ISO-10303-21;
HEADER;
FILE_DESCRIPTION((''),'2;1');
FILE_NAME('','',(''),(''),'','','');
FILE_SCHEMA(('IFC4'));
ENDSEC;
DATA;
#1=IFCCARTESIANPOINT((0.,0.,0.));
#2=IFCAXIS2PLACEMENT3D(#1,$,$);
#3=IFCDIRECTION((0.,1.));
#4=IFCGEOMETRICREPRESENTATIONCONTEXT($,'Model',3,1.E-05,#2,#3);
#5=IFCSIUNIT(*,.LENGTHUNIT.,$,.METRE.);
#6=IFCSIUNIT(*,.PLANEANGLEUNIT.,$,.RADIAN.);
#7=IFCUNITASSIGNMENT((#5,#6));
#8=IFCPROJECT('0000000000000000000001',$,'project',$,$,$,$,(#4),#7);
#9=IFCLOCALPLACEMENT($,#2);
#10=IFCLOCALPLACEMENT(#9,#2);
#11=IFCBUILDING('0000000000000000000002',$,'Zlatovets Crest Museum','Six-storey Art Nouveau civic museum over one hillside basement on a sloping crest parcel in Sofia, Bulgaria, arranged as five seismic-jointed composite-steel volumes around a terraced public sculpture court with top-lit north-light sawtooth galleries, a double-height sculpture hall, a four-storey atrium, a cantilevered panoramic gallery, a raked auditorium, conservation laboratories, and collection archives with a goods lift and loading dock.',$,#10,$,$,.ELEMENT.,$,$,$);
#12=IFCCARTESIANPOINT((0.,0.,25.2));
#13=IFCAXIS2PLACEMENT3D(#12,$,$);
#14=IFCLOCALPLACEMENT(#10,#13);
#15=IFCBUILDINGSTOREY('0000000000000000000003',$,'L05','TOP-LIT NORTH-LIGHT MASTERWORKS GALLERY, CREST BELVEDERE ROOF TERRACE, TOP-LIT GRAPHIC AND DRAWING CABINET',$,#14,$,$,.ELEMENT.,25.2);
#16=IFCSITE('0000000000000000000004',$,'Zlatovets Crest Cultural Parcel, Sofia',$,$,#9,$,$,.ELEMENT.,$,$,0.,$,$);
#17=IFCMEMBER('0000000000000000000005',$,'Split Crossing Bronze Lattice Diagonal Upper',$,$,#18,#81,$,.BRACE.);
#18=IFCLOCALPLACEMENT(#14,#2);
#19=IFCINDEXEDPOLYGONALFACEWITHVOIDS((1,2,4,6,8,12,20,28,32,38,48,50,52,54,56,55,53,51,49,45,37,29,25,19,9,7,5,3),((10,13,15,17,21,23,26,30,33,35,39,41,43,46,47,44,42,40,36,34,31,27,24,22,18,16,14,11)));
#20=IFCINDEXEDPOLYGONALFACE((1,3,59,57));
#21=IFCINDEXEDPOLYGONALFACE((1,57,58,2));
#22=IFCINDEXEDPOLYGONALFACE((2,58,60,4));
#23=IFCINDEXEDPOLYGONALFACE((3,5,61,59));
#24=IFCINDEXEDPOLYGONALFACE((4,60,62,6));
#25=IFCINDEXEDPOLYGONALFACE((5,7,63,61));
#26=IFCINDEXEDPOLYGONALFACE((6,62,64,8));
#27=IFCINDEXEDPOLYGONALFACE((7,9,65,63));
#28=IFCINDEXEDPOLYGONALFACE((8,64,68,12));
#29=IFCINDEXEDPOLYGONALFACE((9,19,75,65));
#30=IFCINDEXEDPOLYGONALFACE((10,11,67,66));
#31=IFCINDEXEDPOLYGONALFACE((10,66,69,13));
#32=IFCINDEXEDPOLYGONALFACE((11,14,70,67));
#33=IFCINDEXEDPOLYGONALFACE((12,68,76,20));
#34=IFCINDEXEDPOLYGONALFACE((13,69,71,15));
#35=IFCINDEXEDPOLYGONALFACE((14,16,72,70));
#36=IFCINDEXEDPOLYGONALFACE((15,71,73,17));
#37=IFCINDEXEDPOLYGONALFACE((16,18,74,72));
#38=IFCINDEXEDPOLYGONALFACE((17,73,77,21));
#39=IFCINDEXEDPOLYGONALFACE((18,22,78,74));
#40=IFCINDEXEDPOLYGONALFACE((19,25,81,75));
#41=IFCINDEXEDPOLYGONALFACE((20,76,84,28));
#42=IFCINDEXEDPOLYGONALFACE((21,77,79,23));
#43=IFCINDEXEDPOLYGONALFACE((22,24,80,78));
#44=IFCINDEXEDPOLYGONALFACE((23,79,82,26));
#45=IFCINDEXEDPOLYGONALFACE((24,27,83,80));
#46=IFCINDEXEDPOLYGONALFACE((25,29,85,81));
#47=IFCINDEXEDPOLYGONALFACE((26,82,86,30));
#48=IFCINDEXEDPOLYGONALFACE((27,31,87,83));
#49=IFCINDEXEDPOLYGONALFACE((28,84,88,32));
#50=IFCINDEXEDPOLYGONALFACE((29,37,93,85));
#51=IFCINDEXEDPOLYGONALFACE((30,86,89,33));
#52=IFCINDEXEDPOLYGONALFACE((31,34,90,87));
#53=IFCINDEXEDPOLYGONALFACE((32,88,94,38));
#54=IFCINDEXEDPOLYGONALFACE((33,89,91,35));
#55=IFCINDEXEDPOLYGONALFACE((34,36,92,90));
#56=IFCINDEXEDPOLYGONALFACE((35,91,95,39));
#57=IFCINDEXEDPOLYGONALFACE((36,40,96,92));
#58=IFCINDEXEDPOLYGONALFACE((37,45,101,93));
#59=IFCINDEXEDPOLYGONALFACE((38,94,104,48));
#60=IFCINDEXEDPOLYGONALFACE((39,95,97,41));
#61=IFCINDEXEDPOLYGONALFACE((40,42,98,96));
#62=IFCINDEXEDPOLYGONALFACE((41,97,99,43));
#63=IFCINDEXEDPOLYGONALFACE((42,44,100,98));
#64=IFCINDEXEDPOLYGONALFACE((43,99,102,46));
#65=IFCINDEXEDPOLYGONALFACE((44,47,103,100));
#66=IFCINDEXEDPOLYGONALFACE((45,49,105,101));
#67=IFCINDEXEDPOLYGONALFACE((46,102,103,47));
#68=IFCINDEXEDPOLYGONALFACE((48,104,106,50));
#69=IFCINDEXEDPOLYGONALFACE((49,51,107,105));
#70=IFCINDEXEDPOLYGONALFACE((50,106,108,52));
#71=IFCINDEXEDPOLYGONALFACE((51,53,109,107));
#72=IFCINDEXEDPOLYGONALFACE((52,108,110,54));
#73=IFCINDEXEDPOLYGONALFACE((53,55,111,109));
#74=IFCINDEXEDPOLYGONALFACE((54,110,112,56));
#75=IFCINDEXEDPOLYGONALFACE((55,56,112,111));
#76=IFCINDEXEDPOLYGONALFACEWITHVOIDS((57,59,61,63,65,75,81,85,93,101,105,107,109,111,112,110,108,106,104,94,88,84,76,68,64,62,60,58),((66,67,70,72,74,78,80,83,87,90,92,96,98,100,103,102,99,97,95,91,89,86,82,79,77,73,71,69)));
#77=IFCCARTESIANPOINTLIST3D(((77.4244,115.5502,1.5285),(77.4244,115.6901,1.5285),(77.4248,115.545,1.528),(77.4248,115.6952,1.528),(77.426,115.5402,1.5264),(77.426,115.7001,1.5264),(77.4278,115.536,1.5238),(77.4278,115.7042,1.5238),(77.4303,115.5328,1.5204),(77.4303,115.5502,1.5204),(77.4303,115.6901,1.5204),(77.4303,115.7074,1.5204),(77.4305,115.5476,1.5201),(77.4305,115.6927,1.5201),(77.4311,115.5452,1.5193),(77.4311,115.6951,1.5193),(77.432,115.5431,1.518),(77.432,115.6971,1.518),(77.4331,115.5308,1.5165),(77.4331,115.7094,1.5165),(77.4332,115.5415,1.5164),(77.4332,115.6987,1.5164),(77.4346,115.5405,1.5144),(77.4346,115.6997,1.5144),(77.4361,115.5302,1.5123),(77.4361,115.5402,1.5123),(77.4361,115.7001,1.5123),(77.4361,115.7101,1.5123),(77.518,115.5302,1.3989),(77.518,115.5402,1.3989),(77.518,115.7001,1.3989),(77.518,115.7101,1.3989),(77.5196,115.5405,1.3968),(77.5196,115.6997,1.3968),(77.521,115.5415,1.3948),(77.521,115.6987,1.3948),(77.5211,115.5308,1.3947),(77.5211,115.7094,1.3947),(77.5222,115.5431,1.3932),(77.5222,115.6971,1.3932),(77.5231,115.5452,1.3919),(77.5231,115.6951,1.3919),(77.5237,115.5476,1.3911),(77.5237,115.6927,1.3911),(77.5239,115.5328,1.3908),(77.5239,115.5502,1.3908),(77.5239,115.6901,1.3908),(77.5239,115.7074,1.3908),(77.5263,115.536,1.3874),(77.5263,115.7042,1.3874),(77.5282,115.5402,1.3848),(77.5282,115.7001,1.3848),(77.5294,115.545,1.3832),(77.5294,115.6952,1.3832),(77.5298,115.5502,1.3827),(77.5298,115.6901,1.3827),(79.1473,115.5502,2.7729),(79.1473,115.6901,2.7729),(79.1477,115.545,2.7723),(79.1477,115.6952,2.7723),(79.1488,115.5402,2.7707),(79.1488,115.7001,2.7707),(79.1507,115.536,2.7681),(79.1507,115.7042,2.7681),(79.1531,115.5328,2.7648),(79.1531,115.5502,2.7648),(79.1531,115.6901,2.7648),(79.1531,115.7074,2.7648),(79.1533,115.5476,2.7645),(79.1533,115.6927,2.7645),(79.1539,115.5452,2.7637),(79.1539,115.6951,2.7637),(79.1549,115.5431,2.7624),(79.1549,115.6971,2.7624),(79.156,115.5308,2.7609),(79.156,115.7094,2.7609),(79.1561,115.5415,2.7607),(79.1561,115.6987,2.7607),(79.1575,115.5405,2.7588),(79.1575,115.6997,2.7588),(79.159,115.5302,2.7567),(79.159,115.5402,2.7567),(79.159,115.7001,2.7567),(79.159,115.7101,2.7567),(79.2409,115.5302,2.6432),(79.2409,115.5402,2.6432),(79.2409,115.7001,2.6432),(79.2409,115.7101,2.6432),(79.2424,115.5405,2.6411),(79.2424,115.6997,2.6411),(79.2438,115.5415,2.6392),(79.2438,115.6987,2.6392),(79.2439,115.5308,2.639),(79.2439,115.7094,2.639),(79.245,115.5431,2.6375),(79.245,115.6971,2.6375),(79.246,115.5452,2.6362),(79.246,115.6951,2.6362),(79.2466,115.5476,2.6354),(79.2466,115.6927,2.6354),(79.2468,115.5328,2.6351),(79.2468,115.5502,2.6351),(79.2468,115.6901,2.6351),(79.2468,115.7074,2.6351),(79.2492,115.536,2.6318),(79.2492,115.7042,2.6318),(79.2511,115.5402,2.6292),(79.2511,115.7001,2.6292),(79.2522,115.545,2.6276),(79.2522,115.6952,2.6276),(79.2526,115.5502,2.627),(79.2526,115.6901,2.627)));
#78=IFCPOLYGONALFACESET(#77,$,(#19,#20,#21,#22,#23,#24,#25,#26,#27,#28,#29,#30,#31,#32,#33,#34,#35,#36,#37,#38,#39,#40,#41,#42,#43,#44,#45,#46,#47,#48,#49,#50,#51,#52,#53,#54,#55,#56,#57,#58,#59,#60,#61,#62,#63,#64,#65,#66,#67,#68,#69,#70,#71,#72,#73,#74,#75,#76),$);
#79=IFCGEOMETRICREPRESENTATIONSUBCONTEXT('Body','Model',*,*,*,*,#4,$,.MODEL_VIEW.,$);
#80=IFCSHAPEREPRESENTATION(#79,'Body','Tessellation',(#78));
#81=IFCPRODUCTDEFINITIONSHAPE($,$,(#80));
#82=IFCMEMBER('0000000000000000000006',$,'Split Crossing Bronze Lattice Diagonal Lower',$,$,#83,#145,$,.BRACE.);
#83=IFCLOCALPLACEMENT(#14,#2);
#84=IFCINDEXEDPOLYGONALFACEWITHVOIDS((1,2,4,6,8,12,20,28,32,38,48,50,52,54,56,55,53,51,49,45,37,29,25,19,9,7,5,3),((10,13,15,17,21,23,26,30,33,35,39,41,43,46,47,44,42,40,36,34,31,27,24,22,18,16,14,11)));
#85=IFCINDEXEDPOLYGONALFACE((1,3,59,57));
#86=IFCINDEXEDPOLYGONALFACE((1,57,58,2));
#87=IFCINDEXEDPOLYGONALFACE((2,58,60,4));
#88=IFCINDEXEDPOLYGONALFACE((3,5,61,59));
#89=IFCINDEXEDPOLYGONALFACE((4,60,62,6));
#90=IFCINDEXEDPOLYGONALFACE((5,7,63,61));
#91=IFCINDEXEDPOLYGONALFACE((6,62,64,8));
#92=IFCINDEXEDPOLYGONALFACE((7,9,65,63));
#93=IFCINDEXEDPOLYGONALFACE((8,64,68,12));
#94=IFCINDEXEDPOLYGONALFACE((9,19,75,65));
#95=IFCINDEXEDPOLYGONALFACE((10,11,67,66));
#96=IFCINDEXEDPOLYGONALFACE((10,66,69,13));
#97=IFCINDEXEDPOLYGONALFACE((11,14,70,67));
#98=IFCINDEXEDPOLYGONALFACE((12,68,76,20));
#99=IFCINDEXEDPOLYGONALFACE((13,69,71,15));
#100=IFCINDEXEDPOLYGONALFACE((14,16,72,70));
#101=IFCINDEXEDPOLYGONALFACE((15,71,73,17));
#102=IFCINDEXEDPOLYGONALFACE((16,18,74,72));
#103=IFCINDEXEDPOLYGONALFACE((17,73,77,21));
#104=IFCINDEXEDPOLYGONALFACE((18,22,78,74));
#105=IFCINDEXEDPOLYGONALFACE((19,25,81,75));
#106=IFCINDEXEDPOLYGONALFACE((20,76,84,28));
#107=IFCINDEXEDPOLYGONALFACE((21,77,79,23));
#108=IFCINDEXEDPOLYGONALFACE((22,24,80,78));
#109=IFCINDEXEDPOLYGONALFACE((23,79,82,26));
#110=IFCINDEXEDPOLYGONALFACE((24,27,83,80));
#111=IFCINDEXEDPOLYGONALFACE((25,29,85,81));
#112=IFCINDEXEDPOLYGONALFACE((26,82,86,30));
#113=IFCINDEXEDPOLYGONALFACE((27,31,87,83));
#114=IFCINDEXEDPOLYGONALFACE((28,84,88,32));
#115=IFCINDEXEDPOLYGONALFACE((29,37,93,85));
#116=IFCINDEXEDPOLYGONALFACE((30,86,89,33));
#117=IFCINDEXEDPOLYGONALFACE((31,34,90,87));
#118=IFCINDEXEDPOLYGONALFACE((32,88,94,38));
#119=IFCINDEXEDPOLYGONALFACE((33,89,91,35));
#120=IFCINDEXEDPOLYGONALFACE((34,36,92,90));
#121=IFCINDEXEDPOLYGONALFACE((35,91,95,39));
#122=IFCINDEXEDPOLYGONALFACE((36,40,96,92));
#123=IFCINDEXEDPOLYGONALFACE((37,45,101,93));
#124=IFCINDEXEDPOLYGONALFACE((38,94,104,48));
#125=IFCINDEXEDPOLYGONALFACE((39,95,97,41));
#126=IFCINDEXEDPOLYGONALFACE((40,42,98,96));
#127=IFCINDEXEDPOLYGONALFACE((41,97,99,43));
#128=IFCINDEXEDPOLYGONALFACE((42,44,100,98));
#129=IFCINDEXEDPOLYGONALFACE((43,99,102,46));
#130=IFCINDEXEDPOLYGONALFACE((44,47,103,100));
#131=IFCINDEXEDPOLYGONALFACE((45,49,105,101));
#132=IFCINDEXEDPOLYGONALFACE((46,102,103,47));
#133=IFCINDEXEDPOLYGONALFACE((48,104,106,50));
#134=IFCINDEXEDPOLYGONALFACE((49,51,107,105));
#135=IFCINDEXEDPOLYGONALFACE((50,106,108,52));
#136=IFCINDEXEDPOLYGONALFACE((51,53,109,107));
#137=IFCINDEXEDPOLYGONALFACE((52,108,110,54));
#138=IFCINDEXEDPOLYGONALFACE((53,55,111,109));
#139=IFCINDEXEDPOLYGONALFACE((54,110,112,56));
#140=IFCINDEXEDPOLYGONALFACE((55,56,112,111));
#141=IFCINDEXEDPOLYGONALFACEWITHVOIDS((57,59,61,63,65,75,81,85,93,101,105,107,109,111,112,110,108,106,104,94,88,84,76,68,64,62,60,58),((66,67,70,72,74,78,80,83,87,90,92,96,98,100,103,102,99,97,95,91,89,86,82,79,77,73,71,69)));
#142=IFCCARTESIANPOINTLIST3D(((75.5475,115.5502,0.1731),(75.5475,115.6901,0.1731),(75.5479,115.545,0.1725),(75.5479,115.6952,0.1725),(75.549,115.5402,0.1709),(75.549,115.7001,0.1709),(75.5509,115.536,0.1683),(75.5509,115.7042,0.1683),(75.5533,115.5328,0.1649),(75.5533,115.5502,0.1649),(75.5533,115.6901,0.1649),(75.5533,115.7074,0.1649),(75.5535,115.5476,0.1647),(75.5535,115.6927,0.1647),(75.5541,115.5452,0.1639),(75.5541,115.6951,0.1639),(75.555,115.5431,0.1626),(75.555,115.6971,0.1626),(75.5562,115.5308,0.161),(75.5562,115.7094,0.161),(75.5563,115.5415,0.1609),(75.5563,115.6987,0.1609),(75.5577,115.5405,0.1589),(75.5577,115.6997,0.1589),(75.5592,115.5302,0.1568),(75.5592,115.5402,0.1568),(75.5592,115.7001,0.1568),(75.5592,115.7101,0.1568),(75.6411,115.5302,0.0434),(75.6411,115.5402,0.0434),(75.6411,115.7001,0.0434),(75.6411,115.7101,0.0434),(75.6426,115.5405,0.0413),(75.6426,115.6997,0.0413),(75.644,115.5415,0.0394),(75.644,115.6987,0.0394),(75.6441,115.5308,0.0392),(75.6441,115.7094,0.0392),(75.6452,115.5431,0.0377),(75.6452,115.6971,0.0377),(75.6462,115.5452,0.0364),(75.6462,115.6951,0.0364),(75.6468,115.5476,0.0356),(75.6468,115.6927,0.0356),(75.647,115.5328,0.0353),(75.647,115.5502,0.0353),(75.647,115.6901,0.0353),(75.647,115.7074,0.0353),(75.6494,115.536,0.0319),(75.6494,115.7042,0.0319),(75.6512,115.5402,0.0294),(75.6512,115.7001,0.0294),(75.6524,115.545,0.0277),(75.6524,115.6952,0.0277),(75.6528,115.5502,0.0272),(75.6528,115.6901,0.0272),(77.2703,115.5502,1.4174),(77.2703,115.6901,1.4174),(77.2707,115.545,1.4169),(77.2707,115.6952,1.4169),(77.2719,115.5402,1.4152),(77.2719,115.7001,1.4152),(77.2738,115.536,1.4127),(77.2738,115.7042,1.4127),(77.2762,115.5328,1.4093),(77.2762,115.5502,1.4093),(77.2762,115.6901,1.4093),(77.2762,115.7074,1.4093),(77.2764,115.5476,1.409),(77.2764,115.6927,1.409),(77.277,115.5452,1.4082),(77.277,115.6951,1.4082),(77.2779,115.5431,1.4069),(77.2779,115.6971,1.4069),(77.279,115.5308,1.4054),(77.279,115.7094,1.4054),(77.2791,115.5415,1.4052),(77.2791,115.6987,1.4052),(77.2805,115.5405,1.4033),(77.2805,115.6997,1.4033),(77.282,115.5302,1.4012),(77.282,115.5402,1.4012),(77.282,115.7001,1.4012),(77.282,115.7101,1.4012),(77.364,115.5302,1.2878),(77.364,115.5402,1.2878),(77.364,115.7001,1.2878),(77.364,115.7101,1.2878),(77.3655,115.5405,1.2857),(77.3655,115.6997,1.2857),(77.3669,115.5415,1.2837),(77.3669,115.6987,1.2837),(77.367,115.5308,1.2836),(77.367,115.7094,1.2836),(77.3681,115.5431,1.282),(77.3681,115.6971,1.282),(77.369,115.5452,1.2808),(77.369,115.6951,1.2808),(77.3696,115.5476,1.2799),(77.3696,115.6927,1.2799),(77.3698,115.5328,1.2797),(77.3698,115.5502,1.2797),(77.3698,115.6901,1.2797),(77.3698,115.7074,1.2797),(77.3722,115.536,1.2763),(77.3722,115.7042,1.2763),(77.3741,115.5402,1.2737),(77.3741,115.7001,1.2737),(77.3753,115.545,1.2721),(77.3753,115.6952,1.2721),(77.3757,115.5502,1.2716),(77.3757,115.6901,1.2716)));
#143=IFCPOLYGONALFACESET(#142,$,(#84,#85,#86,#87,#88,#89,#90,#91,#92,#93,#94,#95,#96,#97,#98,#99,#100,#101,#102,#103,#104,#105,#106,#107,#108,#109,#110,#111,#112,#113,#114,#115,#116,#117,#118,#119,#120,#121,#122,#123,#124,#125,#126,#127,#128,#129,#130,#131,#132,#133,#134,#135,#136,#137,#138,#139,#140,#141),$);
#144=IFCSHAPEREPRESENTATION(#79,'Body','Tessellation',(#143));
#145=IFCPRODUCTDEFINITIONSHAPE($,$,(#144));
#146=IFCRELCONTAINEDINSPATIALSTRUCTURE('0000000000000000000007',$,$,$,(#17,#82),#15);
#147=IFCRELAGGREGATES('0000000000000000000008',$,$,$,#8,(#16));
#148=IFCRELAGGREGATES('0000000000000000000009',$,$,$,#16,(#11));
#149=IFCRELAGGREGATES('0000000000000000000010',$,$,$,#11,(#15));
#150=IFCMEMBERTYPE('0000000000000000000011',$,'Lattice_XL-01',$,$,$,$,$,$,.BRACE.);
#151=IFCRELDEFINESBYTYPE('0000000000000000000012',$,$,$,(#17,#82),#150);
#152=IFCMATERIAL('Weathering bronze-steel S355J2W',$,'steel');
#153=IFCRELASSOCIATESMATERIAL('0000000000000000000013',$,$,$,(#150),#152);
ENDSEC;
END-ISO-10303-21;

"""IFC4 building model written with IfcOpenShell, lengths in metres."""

from ifc_helpers import new_model, si_unit, direction, frame, origin, origin_2d, place, context, subcontext, project, spatial, hollow_rectangle, extrude, material, material_profile, profile_set, type_object, element, save


model = new_model("IFC4")

# Units and contexts
model_context = context("Model", 3, precision=1e-05, world=origin(), true_north=direction((0.0, 1.0)))
body_context = subcontext(model_context, "Body", "Model", "MODEL_VIEW")
ifc_project = project(units=[si_unit("LENGTHUNIT", "METRE"), si_unit("PLANEANGLEUNIT", "RADIAN")], contexts=[model_context])

# Site, building, storey
site_placement = place(None, origin())
site = spatial("IfcSite", under=ifc_project, at=site_placement, Name="Zlatovets Crest Cultural Parcel, Sofia", CompositionType="ELEMENT", RefElevation=0.0)
building_placement = place(site_placement, origin())
building = spatial("IfcBuilding", under=site, at=building_placement, Name="Zlatovets Crest Museum", Description="Six-storey Art Nouveau civic museum over one hillside basement on a sloping crest parcel in Sofia, Bulgaria, arranged as five seismic-jointed composite-steel volumes around a terraced public sculpture court with top-lit north-light sawtooth galleries, a double-height sculpture hall, a four-storey atrium, a cantilevered panoramic gallery, a raked auditorium, conservation laboratories, and collection archives with a goods lift and loading dock.", CompositionType="ELEMENT")
storey_placement = place(building_placement, frame((0.0, 0.0, 25.2)))
storey = spatial("IfcBuildingStorey", under=building, at=storey_placement, Name="L05", Description="TOP-LIT NORTH-LIGHT MASTERWORKS GALLERY, CREST BELVEDERE ROOF TERRACE, TOP-LIT GRAPHIC AND DRAWING CABINET", CompositionType="ELEMENT", Elevation=25.2)

# Members
ifc_material_1 = material(Name="Weathering bronze-steel S355J2W", Category="steel")
ifc_material_profile_1 = material_profile(ifc_material_1, hollow_rectangle(XDim=0.1799, YDim=0.1799, WallThickness=0.01, InnerFilletRadius=0.01, OuterFilletRadius=0.02, at=origin_2d()), Name="SHS 180x180x10.0")
ifc_profile_set_1 = profile_set([ifc_material_profile_1], Name="Weathering bronze-steel S355J2W")
member_type_1 = type_object("IfcMemberType", Name="Lattice_XL-01", PredefinedType="BRACE", material=ifc_profile_set_1)
for number, where, z_axis, x_axis, name in (
    (1, (79.2, 115.6201, 2.7), (-0.810664, 0.0, -0.585512), (0.0, -1.0, 0.0), "Split Crossing Bronze Lattice Diagonal Upper"),
    (2, (77.323, 115.6201, 1.3445), (-0.810664, 0.0, -0.585512), (0.0, -1.0, 0.0), "Split Crossing Bronze Lattice Diagonal Lower"),
):
    element("IfcMember", number, at=place(storey_placement, frame(where, z_axis=z_axis, x_axis=x_axis)), inside=storey, type_object=member_type_1, Name=name, PredefinedType="BRACE", context=body_context, shape_type="SweptSolid", body=[
        extrude(hollow_rectangle(XDim=0.1799, YDim=0.1799, WallThickness=0.01, InnerFilletRadius=0.01, OuterFilletRadius=0.02, at=origin_2d()), origin(), (0.0, 0.0, 1.0), 2.1252),
    ])

save(model, "model.ifc")
